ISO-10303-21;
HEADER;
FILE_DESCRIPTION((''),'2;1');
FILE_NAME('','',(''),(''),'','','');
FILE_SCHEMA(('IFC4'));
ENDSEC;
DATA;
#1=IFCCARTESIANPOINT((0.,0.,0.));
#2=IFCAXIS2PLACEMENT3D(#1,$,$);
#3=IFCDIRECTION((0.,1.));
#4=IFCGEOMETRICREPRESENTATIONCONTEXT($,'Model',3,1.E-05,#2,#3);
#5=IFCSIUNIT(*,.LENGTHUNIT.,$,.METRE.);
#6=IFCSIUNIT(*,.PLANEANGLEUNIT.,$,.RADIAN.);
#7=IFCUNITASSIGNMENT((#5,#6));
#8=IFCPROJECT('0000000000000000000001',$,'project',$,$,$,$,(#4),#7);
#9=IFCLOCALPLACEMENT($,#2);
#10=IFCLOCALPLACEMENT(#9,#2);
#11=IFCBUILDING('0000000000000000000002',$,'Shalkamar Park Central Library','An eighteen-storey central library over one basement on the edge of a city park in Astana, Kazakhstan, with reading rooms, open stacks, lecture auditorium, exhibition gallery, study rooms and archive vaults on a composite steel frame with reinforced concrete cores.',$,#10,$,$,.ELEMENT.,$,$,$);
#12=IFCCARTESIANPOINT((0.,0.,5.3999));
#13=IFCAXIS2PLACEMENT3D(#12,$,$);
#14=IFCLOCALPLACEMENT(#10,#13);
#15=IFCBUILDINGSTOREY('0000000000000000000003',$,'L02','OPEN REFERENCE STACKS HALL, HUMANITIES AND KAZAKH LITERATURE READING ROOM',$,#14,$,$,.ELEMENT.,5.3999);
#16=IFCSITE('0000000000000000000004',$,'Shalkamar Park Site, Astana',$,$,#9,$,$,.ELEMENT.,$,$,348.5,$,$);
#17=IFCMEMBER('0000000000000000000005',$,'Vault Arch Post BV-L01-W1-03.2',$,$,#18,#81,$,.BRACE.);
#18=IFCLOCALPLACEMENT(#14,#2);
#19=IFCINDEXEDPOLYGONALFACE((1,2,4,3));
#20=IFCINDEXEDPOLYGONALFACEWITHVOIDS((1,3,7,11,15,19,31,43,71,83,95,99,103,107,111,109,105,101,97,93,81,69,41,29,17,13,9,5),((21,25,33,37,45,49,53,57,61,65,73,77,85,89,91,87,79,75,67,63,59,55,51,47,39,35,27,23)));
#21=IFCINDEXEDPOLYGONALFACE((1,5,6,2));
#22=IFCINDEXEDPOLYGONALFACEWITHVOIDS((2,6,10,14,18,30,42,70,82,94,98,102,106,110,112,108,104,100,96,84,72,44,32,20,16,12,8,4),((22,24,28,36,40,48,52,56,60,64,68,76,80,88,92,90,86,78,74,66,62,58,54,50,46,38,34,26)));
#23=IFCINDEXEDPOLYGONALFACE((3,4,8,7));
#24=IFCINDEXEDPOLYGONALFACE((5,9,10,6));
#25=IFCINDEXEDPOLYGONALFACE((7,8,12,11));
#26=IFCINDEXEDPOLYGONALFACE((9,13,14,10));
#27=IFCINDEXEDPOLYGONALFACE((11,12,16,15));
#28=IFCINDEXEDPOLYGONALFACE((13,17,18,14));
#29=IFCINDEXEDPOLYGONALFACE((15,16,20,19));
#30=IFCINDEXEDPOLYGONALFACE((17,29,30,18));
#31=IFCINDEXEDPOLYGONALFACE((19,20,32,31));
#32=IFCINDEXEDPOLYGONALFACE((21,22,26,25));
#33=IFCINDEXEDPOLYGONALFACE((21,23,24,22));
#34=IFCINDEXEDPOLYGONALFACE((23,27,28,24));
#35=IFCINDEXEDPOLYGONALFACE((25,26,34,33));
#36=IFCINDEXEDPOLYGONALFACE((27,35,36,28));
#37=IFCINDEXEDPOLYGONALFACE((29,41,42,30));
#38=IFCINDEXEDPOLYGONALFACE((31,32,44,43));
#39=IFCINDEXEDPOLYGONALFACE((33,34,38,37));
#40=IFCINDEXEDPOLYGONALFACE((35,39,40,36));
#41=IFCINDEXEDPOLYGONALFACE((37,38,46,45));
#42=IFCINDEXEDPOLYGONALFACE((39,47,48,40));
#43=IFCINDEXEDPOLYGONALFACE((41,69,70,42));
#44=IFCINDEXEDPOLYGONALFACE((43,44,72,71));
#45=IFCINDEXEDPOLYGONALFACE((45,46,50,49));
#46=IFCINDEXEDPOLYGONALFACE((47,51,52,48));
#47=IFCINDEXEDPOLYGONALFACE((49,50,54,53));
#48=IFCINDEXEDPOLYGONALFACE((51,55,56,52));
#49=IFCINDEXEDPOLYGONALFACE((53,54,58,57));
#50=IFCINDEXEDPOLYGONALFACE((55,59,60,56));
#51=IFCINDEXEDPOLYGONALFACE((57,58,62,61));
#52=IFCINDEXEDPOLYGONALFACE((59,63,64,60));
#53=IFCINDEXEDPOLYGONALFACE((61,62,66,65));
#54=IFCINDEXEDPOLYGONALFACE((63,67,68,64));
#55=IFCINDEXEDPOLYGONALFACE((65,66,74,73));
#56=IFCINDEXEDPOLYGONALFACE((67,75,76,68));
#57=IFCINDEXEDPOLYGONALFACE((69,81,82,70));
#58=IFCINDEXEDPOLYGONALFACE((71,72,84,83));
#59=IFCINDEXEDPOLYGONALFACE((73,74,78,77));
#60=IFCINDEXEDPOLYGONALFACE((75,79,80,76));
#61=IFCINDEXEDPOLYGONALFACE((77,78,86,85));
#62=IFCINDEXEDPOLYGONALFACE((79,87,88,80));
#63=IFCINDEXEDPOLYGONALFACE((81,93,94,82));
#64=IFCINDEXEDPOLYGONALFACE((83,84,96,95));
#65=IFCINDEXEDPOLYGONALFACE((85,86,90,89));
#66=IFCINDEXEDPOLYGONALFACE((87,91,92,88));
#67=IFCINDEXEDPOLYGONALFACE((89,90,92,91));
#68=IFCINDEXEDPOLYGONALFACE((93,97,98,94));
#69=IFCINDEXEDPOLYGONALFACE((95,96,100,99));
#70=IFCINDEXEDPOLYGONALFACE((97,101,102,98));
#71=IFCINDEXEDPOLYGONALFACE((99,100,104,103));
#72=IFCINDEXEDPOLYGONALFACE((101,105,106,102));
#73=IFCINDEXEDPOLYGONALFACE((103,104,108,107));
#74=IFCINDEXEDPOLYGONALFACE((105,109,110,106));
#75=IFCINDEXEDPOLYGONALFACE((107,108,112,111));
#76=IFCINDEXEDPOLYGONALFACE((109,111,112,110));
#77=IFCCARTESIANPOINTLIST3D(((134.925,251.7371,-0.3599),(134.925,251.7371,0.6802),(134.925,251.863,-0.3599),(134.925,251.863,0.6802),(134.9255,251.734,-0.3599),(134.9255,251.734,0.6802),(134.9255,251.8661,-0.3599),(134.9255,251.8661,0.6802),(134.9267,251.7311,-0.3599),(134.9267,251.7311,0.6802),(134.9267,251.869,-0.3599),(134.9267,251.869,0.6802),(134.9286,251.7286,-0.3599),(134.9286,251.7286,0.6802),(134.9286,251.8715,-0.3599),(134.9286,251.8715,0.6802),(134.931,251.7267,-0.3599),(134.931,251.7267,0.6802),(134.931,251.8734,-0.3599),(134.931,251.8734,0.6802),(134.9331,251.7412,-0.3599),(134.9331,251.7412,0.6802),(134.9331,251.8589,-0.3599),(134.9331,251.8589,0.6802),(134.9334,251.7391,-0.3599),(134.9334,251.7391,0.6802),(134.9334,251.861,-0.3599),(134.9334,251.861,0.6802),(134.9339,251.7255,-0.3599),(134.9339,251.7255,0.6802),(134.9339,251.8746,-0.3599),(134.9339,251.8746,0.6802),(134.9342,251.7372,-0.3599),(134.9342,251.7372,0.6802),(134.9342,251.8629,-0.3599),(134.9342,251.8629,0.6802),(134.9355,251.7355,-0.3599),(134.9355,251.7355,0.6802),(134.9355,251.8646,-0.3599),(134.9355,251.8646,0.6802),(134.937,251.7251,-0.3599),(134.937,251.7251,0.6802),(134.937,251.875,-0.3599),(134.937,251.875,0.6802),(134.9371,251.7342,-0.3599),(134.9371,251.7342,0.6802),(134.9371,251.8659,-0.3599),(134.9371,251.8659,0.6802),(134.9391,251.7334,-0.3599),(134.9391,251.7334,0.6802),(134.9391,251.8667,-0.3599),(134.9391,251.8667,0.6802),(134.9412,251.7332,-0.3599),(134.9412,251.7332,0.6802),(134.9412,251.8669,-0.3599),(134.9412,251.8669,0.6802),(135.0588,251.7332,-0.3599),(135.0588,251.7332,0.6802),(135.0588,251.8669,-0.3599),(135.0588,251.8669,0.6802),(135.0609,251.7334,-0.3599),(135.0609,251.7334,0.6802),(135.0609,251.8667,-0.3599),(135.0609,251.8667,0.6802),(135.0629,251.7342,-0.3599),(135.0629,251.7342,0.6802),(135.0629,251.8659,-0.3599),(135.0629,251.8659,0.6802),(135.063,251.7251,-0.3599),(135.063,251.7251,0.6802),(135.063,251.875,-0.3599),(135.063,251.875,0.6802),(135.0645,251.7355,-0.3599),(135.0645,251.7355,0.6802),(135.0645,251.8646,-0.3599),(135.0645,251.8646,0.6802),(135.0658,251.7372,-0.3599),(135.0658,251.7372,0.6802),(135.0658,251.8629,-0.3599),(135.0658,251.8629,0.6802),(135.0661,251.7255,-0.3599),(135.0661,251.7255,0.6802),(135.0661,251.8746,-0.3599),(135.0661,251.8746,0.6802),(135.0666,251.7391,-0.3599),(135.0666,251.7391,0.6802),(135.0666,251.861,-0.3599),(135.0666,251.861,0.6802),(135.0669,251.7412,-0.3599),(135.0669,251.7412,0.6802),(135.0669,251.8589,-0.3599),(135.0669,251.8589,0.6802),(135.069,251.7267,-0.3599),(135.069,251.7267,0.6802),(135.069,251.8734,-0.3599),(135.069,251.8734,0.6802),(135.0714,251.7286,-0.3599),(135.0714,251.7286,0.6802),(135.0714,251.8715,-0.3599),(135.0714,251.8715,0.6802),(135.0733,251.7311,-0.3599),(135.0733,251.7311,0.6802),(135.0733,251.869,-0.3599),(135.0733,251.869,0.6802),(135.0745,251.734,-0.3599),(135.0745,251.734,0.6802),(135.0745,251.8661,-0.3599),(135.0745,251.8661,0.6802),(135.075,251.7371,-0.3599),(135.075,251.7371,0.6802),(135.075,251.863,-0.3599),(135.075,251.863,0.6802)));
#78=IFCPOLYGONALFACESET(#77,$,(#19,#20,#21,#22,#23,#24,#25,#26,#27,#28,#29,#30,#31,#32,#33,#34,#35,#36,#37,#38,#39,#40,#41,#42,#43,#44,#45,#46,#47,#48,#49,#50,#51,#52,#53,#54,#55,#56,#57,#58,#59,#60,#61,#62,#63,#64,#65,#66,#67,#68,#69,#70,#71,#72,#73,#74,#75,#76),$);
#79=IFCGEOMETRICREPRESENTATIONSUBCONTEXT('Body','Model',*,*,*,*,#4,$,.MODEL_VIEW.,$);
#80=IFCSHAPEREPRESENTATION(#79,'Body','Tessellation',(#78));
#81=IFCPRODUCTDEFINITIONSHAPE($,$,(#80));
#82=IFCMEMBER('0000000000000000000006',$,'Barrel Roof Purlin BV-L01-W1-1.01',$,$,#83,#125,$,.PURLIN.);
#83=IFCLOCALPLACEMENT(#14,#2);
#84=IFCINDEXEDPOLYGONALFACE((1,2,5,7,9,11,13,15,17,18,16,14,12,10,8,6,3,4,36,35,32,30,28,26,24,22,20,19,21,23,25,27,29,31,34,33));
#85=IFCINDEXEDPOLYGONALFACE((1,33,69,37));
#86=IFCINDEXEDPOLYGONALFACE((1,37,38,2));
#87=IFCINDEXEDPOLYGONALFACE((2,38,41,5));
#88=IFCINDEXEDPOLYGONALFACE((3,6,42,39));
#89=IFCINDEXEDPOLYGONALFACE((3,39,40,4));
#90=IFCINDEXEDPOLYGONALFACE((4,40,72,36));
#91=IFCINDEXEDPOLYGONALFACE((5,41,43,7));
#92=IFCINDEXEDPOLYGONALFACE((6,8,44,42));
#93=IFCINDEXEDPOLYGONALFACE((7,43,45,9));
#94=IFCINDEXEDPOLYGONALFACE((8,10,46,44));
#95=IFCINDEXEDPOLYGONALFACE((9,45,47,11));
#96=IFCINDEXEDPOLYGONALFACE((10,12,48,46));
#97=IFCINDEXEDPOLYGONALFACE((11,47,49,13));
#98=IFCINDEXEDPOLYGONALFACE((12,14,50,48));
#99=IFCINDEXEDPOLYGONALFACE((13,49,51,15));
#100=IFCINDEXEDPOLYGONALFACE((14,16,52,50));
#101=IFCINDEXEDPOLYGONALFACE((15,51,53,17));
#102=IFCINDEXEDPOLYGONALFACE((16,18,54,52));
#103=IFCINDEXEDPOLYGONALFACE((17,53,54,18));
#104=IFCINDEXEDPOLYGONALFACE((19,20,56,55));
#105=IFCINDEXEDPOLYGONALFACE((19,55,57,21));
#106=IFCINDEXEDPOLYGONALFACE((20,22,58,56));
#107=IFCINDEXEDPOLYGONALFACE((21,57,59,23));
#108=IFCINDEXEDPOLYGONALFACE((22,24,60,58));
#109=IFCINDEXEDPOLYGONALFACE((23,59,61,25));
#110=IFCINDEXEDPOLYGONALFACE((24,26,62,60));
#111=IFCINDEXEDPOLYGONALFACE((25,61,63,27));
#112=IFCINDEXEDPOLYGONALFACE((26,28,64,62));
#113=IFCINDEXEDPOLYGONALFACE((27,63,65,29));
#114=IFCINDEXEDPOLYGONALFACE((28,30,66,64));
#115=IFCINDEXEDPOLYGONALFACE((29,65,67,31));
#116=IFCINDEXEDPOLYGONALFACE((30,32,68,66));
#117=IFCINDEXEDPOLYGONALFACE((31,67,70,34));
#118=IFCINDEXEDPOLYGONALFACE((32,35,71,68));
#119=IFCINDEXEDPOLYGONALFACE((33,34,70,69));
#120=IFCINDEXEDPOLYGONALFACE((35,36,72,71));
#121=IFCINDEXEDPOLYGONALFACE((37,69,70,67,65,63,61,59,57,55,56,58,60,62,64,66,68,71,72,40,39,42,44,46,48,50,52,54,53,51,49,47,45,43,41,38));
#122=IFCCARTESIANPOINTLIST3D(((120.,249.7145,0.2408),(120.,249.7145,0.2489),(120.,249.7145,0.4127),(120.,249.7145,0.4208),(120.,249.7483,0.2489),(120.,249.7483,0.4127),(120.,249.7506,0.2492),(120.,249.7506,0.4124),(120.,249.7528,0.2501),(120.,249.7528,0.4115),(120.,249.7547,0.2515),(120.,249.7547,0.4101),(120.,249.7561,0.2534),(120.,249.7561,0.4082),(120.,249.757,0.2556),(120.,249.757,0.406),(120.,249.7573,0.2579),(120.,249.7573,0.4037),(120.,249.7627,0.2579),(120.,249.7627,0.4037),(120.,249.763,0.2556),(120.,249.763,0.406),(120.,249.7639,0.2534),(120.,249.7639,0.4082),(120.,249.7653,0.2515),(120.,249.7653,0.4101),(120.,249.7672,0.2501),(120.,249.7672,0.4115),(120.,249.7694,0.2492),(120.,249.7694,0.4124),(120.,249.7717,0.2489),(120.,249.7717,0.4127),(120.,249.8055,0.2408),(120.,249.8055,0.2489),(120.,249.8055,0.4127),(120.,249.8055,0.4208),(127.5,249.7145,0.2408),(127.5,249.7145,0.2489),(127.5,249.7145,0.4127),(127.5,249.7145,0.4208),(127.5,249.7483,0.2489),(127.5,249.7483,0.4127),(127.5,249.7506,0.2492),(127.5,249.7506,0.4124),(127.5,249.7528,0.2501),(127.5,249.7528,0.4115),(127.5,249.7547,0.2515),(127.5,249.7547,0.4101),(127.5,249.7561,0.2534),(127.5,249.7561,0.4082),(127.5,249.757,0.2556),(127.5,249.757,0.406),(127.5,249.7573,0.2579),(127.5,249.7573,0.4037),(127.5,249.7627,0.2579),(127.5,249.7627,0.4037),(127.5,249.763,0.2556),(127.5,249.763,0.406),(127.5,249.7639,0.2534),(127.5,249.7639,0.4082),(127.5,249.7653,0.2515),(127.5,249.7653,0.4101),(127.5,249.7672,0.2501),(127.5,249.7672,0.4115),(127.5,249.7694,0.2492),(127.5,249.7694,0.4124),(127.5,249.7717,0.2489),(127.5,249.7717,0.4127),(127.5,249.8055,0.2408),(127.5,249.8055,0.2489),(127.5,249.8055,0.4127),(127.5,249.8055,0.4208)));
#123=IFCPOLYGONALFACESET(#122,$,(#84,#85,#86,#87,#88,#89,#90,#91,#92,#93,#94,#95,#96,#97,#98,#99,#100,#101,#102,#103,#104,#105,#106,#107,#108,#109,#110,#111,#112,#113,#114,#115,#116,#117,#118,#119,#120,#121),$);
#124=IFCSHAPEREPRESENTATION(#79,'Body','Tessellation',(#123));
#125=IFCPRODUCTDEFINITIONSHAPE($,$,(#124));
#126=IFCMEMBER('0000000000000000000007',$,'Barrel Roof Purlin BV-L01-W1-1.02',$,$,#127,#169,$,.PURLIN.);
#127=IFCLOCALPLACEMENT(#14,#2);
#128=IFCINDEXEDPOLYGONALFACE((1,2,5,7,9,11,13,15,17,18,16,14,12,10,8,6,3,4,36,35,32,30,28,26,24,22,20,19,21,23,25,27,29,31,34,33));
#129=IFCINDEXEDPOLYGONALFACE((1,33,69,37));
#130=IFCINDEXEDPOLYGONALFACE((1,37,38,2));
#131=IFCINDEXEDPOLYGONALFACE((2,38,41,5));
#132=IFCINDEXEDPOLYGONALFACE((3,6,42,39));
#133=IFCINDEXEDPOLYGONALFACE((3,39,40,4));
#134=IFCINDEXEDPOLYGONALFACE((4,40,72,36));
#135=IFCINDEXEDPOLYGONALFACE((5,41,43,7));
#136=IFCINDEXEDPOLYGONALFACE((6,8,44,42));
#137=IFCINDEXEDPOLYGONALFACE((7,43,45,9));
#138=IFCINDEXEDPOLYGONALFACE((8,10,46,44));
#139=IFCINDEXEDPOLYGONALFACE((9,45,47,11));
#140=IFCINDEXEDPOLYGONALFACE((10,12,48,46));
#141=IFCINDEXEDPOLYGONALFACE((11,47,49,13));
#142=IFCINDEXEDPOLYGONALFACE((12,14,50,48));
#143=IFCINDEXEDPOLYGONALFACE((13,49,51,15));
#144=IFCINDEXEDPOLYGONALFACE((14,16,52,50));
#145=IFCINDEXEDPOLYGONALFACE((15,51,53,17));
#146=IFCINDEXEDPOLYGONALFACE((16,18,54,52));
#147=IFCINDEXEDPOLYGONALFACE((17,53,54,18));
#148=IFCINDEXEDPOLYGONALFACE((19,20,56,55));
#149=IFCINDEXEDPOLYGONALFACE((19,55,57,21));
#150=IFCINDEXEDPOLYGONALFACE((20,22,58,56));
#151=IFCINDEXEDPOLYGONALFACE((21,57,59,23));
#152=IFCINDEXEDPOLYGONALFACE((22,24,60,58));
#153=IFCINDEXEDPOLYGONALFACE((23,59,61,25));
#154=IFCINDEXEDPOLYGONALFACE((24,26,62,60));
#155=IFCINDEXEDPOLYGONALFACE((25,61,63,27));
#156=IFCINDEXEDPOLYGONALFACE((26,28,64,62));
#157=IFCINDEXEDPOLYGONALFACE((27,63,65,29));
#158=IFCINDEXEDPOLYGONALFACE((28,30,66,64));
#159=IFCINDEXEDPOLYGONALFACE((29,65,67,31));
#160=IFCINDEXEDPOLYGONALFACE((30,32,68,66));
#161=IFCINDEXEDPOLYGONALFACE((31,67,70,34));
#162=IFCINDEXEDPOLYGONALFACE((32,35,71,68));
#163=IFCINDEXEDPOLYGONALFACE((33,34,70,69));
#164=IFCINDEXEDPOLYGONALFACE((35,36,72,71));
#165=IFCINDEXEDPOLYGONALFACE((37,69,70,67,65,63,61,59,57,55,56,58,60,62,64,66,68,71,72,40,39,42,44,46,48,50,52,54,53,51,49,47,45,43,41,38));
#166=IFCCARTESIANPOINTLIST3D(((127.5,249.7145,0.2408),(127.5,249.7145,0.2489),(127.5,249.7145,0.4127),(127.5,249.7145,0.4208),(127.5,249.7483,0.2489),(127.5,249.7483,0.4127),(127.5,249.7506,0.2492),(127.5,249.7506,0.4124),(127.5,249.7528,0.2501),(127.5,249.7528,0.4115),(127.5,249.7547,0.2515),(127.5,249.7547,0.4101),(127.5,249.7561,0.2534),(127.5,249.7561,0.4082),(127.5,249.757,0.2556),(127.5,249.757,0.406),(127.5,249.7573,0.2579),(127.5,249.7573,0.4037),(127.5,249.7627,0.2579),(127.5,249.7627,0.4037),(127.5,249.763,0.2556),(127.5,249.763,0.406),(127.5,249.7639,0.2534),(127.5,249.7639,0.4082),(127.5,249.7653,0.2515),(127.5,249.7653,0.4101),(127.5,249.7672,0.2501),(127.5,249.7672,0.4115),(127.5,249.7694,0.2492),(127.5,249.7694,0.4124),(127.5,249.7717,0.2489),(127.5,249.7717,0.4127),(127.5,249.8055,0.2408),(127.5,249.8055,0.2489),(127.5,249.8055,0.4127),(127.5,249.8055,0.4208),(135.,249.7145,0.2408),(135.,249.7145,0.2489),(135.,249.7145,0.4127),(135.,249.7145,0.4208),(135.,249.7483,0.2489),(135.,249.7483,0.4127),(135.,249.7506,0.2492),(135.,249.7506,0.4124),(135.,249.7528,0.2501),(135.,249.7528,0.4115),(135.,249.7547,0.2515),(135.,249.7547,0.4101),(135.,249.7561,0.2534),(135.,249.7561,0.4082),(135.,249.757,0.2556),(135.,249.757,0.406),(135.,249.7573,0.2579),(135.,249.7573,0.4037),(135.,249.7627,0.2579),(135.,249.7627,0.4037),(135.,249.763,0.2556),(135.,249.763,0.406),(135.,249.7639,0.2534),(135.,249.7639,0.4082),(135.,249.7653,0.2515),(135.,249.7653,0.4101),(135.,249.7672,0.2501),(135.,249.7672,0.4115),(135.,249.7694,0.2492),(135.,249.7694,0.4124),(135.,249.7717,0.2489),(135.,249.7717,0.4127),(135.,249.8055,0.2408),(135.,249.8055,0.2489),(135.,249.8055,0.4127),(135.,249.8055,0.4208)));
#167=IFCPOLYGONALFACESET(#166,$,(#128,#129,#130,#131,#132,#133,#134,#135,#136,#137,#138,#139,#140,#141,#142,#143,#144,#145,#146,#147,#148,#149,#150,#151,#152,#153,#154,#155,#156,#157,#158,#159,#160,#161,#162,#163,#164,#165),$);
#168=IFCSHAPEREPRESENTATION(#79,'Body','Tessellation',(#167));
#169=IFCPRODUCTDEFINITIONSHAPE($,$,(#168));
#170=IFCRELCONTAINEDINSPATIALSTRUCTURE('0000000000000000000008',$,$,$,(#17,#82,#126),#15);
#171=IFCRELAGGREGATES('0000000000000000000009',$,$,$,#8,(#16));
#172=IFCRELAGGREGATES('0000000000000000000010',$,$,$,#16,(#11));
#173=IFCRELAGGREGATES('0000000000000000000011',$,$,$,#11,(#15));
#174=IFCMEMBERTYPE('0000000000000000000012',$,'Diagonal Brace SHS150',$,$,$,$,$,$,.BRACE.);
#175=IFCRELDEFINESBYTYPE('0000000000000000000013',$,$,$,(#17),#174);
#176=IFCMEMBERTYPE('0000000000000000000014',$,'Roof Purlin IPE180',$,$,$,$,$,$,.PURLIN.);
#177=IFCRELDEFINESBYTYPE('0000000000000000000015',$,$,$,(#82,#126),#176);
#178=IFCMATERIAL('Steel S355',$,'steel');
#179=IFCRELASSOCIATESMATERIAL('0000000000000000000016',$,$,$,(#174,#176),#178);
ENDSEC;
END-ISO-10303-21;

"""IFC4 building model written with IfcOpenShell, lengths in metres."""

from ifc_helpers import new_model, si_unit, direction, frame, origin, origin_2d, place, context, subcontext, project, spatial, hollow_rectangle, i_section, extrude, material, material_profile, profile_set, type_object, element, save


model = new_model("IFC4")

# Units and contexts
model_context = context("Model", 3, precision=1e-05, world=origin(), true_north=direction((0.0, 1.0)))
body_context = subcontext(model_context, "Body", "Model", "MODEL_VIEW")
ifc_project = project(units=[si_unit("LENGTHUNIT", "METRE"), si_unit("PLANEANGLEUNIT", "RADIAN")], contexts=[model_context])

# Site, building, storey
site_placement = place(None, origin())
site = spatial("IfcSite", under=ifc_project, at=site_placement, Name="Shalkamar Park Site, Astana", CompositionType="ELEMENT", RefElevation=348.5)
building_placement = place(site_placement, origin())
building = spatial("IfcBuilding", under=site, at=building_placement, Name="Shalkamar Park Central Library", Description="An eighteen-storey central library over one basement on the edge of a city park in Astana, Kazakhstan, with reading rooms, open stacks, lecture auditorium, exhibition gallery, study rooms and archive vaults on a composite steel frame with reinforced concrete cores.", CompositionType="ELEMENT")
storey_placement = place(building_placement, frame((0.0, 0.0, 5.3999)))
storey = spatial("IfcBuildingStorey", under=building, at=storey_placement, Name="L02", Description="OPEN REFERENCE STACKS HALL, HUMANITIES AND KAZAKH LITERATURE READING ROOM", CompositionType="ELEMENT", Elevation=5.3999)

# Shared definitions
ifc_material_1 = material(Name="Steel S355", Category="steel")

# Members
ifc_material_profile_1 = material_profile(ifc_material_1, hollow_rectangle(XDim=0.1499, YDim=0.1499, WallThickness=0.0081, InnerFilletRadius=0.0081, OuterFilletRadius=0.012, at=origin_2d()), Name="SHS 150x150x8")
ifc_profile_set_1 = profile_set([ifc_material_profile_1], Name="Steel S355")
member_type_1 = type_object("IfcMemberType", Name="Diagonal Brace SHS150", PredefinedType="BRACE", material=ifc_profile_set_1)
member_1_placement = place(storey_placement, frame((135.0, 251.8, -0.3599), z_axis=(0.0, 0.0, 1.0), x_axis=(1.0, 0.0, 0.0)))
element("IfcMember", 1, at=member_1_placement, inside=storey, type_object=member_type_1, Name="Vault Arch Post BV-L01-W1-03.2", PredefinedType="BRACE", context=body_context, shape_type="SweptSolid", body=[
    extrude(hollow_rectangle(XDim=0.1499, YDim=0.1499, WallThickness=0.0081, InnerFilletRadius=0.0081, OuterFilletRadius=0.012, at=origin_2d()), origin(), (0.0, 0.0, 1.0), 1.04),
])
ifc_material_profile_2 = material_profile(ifc_material_1, i_section(OverallWidth=0.0911, OverallDepth=0.1799, WebThickness=0.0054, FlangeThickness=0.0081, FilletRadius=0.009, at=origin_2d()), Name="IPE 180")
ifc_profile_set_2 = profile_set([ifc_material_profile_2], Name="Steel S355")
member_type_2 = type_object("IfcMemberType", Name="Roof Purlin IPE180", PredefinedType="PURLIN", material=ifc_profile_set_2)
for number, where, z_axis, x_axis, name in (
    (2, (120.0, 249.76, 0.3308), (1.0, 0.0, 0.0), (0.0, 1.0, 0.0), "Barrel Roof Purlin BV-L01-W1-1.01"),
    (3, (127.5, 249.76, 0.3308), (1.0, 0.0, 0.0), (0.0, 1.0, 0.0), "Barrel Roof Purlin BV-L01-W1-1.02"),
):
    element("IfcMember", number, at=place(storey_placement, frame(where, z_axis=z_axis, x_axis=x_axis)), inside=storey, type_object=member_type_2, Name=name, PredefinedType="PURLIN", context=body_context, shape_type="SweptSolid", body=[
        extrude(i_section(OverallWidth=0.0911, OverallDepth=0.1799, WebThickness=0.0054, FlangeThickness=0.0081, FilletRadius=0.009, at=origin_2d()), origin(), (0.0, 0.0, 1.0), 7.5),
    ])

save(model, "model.ifc")
